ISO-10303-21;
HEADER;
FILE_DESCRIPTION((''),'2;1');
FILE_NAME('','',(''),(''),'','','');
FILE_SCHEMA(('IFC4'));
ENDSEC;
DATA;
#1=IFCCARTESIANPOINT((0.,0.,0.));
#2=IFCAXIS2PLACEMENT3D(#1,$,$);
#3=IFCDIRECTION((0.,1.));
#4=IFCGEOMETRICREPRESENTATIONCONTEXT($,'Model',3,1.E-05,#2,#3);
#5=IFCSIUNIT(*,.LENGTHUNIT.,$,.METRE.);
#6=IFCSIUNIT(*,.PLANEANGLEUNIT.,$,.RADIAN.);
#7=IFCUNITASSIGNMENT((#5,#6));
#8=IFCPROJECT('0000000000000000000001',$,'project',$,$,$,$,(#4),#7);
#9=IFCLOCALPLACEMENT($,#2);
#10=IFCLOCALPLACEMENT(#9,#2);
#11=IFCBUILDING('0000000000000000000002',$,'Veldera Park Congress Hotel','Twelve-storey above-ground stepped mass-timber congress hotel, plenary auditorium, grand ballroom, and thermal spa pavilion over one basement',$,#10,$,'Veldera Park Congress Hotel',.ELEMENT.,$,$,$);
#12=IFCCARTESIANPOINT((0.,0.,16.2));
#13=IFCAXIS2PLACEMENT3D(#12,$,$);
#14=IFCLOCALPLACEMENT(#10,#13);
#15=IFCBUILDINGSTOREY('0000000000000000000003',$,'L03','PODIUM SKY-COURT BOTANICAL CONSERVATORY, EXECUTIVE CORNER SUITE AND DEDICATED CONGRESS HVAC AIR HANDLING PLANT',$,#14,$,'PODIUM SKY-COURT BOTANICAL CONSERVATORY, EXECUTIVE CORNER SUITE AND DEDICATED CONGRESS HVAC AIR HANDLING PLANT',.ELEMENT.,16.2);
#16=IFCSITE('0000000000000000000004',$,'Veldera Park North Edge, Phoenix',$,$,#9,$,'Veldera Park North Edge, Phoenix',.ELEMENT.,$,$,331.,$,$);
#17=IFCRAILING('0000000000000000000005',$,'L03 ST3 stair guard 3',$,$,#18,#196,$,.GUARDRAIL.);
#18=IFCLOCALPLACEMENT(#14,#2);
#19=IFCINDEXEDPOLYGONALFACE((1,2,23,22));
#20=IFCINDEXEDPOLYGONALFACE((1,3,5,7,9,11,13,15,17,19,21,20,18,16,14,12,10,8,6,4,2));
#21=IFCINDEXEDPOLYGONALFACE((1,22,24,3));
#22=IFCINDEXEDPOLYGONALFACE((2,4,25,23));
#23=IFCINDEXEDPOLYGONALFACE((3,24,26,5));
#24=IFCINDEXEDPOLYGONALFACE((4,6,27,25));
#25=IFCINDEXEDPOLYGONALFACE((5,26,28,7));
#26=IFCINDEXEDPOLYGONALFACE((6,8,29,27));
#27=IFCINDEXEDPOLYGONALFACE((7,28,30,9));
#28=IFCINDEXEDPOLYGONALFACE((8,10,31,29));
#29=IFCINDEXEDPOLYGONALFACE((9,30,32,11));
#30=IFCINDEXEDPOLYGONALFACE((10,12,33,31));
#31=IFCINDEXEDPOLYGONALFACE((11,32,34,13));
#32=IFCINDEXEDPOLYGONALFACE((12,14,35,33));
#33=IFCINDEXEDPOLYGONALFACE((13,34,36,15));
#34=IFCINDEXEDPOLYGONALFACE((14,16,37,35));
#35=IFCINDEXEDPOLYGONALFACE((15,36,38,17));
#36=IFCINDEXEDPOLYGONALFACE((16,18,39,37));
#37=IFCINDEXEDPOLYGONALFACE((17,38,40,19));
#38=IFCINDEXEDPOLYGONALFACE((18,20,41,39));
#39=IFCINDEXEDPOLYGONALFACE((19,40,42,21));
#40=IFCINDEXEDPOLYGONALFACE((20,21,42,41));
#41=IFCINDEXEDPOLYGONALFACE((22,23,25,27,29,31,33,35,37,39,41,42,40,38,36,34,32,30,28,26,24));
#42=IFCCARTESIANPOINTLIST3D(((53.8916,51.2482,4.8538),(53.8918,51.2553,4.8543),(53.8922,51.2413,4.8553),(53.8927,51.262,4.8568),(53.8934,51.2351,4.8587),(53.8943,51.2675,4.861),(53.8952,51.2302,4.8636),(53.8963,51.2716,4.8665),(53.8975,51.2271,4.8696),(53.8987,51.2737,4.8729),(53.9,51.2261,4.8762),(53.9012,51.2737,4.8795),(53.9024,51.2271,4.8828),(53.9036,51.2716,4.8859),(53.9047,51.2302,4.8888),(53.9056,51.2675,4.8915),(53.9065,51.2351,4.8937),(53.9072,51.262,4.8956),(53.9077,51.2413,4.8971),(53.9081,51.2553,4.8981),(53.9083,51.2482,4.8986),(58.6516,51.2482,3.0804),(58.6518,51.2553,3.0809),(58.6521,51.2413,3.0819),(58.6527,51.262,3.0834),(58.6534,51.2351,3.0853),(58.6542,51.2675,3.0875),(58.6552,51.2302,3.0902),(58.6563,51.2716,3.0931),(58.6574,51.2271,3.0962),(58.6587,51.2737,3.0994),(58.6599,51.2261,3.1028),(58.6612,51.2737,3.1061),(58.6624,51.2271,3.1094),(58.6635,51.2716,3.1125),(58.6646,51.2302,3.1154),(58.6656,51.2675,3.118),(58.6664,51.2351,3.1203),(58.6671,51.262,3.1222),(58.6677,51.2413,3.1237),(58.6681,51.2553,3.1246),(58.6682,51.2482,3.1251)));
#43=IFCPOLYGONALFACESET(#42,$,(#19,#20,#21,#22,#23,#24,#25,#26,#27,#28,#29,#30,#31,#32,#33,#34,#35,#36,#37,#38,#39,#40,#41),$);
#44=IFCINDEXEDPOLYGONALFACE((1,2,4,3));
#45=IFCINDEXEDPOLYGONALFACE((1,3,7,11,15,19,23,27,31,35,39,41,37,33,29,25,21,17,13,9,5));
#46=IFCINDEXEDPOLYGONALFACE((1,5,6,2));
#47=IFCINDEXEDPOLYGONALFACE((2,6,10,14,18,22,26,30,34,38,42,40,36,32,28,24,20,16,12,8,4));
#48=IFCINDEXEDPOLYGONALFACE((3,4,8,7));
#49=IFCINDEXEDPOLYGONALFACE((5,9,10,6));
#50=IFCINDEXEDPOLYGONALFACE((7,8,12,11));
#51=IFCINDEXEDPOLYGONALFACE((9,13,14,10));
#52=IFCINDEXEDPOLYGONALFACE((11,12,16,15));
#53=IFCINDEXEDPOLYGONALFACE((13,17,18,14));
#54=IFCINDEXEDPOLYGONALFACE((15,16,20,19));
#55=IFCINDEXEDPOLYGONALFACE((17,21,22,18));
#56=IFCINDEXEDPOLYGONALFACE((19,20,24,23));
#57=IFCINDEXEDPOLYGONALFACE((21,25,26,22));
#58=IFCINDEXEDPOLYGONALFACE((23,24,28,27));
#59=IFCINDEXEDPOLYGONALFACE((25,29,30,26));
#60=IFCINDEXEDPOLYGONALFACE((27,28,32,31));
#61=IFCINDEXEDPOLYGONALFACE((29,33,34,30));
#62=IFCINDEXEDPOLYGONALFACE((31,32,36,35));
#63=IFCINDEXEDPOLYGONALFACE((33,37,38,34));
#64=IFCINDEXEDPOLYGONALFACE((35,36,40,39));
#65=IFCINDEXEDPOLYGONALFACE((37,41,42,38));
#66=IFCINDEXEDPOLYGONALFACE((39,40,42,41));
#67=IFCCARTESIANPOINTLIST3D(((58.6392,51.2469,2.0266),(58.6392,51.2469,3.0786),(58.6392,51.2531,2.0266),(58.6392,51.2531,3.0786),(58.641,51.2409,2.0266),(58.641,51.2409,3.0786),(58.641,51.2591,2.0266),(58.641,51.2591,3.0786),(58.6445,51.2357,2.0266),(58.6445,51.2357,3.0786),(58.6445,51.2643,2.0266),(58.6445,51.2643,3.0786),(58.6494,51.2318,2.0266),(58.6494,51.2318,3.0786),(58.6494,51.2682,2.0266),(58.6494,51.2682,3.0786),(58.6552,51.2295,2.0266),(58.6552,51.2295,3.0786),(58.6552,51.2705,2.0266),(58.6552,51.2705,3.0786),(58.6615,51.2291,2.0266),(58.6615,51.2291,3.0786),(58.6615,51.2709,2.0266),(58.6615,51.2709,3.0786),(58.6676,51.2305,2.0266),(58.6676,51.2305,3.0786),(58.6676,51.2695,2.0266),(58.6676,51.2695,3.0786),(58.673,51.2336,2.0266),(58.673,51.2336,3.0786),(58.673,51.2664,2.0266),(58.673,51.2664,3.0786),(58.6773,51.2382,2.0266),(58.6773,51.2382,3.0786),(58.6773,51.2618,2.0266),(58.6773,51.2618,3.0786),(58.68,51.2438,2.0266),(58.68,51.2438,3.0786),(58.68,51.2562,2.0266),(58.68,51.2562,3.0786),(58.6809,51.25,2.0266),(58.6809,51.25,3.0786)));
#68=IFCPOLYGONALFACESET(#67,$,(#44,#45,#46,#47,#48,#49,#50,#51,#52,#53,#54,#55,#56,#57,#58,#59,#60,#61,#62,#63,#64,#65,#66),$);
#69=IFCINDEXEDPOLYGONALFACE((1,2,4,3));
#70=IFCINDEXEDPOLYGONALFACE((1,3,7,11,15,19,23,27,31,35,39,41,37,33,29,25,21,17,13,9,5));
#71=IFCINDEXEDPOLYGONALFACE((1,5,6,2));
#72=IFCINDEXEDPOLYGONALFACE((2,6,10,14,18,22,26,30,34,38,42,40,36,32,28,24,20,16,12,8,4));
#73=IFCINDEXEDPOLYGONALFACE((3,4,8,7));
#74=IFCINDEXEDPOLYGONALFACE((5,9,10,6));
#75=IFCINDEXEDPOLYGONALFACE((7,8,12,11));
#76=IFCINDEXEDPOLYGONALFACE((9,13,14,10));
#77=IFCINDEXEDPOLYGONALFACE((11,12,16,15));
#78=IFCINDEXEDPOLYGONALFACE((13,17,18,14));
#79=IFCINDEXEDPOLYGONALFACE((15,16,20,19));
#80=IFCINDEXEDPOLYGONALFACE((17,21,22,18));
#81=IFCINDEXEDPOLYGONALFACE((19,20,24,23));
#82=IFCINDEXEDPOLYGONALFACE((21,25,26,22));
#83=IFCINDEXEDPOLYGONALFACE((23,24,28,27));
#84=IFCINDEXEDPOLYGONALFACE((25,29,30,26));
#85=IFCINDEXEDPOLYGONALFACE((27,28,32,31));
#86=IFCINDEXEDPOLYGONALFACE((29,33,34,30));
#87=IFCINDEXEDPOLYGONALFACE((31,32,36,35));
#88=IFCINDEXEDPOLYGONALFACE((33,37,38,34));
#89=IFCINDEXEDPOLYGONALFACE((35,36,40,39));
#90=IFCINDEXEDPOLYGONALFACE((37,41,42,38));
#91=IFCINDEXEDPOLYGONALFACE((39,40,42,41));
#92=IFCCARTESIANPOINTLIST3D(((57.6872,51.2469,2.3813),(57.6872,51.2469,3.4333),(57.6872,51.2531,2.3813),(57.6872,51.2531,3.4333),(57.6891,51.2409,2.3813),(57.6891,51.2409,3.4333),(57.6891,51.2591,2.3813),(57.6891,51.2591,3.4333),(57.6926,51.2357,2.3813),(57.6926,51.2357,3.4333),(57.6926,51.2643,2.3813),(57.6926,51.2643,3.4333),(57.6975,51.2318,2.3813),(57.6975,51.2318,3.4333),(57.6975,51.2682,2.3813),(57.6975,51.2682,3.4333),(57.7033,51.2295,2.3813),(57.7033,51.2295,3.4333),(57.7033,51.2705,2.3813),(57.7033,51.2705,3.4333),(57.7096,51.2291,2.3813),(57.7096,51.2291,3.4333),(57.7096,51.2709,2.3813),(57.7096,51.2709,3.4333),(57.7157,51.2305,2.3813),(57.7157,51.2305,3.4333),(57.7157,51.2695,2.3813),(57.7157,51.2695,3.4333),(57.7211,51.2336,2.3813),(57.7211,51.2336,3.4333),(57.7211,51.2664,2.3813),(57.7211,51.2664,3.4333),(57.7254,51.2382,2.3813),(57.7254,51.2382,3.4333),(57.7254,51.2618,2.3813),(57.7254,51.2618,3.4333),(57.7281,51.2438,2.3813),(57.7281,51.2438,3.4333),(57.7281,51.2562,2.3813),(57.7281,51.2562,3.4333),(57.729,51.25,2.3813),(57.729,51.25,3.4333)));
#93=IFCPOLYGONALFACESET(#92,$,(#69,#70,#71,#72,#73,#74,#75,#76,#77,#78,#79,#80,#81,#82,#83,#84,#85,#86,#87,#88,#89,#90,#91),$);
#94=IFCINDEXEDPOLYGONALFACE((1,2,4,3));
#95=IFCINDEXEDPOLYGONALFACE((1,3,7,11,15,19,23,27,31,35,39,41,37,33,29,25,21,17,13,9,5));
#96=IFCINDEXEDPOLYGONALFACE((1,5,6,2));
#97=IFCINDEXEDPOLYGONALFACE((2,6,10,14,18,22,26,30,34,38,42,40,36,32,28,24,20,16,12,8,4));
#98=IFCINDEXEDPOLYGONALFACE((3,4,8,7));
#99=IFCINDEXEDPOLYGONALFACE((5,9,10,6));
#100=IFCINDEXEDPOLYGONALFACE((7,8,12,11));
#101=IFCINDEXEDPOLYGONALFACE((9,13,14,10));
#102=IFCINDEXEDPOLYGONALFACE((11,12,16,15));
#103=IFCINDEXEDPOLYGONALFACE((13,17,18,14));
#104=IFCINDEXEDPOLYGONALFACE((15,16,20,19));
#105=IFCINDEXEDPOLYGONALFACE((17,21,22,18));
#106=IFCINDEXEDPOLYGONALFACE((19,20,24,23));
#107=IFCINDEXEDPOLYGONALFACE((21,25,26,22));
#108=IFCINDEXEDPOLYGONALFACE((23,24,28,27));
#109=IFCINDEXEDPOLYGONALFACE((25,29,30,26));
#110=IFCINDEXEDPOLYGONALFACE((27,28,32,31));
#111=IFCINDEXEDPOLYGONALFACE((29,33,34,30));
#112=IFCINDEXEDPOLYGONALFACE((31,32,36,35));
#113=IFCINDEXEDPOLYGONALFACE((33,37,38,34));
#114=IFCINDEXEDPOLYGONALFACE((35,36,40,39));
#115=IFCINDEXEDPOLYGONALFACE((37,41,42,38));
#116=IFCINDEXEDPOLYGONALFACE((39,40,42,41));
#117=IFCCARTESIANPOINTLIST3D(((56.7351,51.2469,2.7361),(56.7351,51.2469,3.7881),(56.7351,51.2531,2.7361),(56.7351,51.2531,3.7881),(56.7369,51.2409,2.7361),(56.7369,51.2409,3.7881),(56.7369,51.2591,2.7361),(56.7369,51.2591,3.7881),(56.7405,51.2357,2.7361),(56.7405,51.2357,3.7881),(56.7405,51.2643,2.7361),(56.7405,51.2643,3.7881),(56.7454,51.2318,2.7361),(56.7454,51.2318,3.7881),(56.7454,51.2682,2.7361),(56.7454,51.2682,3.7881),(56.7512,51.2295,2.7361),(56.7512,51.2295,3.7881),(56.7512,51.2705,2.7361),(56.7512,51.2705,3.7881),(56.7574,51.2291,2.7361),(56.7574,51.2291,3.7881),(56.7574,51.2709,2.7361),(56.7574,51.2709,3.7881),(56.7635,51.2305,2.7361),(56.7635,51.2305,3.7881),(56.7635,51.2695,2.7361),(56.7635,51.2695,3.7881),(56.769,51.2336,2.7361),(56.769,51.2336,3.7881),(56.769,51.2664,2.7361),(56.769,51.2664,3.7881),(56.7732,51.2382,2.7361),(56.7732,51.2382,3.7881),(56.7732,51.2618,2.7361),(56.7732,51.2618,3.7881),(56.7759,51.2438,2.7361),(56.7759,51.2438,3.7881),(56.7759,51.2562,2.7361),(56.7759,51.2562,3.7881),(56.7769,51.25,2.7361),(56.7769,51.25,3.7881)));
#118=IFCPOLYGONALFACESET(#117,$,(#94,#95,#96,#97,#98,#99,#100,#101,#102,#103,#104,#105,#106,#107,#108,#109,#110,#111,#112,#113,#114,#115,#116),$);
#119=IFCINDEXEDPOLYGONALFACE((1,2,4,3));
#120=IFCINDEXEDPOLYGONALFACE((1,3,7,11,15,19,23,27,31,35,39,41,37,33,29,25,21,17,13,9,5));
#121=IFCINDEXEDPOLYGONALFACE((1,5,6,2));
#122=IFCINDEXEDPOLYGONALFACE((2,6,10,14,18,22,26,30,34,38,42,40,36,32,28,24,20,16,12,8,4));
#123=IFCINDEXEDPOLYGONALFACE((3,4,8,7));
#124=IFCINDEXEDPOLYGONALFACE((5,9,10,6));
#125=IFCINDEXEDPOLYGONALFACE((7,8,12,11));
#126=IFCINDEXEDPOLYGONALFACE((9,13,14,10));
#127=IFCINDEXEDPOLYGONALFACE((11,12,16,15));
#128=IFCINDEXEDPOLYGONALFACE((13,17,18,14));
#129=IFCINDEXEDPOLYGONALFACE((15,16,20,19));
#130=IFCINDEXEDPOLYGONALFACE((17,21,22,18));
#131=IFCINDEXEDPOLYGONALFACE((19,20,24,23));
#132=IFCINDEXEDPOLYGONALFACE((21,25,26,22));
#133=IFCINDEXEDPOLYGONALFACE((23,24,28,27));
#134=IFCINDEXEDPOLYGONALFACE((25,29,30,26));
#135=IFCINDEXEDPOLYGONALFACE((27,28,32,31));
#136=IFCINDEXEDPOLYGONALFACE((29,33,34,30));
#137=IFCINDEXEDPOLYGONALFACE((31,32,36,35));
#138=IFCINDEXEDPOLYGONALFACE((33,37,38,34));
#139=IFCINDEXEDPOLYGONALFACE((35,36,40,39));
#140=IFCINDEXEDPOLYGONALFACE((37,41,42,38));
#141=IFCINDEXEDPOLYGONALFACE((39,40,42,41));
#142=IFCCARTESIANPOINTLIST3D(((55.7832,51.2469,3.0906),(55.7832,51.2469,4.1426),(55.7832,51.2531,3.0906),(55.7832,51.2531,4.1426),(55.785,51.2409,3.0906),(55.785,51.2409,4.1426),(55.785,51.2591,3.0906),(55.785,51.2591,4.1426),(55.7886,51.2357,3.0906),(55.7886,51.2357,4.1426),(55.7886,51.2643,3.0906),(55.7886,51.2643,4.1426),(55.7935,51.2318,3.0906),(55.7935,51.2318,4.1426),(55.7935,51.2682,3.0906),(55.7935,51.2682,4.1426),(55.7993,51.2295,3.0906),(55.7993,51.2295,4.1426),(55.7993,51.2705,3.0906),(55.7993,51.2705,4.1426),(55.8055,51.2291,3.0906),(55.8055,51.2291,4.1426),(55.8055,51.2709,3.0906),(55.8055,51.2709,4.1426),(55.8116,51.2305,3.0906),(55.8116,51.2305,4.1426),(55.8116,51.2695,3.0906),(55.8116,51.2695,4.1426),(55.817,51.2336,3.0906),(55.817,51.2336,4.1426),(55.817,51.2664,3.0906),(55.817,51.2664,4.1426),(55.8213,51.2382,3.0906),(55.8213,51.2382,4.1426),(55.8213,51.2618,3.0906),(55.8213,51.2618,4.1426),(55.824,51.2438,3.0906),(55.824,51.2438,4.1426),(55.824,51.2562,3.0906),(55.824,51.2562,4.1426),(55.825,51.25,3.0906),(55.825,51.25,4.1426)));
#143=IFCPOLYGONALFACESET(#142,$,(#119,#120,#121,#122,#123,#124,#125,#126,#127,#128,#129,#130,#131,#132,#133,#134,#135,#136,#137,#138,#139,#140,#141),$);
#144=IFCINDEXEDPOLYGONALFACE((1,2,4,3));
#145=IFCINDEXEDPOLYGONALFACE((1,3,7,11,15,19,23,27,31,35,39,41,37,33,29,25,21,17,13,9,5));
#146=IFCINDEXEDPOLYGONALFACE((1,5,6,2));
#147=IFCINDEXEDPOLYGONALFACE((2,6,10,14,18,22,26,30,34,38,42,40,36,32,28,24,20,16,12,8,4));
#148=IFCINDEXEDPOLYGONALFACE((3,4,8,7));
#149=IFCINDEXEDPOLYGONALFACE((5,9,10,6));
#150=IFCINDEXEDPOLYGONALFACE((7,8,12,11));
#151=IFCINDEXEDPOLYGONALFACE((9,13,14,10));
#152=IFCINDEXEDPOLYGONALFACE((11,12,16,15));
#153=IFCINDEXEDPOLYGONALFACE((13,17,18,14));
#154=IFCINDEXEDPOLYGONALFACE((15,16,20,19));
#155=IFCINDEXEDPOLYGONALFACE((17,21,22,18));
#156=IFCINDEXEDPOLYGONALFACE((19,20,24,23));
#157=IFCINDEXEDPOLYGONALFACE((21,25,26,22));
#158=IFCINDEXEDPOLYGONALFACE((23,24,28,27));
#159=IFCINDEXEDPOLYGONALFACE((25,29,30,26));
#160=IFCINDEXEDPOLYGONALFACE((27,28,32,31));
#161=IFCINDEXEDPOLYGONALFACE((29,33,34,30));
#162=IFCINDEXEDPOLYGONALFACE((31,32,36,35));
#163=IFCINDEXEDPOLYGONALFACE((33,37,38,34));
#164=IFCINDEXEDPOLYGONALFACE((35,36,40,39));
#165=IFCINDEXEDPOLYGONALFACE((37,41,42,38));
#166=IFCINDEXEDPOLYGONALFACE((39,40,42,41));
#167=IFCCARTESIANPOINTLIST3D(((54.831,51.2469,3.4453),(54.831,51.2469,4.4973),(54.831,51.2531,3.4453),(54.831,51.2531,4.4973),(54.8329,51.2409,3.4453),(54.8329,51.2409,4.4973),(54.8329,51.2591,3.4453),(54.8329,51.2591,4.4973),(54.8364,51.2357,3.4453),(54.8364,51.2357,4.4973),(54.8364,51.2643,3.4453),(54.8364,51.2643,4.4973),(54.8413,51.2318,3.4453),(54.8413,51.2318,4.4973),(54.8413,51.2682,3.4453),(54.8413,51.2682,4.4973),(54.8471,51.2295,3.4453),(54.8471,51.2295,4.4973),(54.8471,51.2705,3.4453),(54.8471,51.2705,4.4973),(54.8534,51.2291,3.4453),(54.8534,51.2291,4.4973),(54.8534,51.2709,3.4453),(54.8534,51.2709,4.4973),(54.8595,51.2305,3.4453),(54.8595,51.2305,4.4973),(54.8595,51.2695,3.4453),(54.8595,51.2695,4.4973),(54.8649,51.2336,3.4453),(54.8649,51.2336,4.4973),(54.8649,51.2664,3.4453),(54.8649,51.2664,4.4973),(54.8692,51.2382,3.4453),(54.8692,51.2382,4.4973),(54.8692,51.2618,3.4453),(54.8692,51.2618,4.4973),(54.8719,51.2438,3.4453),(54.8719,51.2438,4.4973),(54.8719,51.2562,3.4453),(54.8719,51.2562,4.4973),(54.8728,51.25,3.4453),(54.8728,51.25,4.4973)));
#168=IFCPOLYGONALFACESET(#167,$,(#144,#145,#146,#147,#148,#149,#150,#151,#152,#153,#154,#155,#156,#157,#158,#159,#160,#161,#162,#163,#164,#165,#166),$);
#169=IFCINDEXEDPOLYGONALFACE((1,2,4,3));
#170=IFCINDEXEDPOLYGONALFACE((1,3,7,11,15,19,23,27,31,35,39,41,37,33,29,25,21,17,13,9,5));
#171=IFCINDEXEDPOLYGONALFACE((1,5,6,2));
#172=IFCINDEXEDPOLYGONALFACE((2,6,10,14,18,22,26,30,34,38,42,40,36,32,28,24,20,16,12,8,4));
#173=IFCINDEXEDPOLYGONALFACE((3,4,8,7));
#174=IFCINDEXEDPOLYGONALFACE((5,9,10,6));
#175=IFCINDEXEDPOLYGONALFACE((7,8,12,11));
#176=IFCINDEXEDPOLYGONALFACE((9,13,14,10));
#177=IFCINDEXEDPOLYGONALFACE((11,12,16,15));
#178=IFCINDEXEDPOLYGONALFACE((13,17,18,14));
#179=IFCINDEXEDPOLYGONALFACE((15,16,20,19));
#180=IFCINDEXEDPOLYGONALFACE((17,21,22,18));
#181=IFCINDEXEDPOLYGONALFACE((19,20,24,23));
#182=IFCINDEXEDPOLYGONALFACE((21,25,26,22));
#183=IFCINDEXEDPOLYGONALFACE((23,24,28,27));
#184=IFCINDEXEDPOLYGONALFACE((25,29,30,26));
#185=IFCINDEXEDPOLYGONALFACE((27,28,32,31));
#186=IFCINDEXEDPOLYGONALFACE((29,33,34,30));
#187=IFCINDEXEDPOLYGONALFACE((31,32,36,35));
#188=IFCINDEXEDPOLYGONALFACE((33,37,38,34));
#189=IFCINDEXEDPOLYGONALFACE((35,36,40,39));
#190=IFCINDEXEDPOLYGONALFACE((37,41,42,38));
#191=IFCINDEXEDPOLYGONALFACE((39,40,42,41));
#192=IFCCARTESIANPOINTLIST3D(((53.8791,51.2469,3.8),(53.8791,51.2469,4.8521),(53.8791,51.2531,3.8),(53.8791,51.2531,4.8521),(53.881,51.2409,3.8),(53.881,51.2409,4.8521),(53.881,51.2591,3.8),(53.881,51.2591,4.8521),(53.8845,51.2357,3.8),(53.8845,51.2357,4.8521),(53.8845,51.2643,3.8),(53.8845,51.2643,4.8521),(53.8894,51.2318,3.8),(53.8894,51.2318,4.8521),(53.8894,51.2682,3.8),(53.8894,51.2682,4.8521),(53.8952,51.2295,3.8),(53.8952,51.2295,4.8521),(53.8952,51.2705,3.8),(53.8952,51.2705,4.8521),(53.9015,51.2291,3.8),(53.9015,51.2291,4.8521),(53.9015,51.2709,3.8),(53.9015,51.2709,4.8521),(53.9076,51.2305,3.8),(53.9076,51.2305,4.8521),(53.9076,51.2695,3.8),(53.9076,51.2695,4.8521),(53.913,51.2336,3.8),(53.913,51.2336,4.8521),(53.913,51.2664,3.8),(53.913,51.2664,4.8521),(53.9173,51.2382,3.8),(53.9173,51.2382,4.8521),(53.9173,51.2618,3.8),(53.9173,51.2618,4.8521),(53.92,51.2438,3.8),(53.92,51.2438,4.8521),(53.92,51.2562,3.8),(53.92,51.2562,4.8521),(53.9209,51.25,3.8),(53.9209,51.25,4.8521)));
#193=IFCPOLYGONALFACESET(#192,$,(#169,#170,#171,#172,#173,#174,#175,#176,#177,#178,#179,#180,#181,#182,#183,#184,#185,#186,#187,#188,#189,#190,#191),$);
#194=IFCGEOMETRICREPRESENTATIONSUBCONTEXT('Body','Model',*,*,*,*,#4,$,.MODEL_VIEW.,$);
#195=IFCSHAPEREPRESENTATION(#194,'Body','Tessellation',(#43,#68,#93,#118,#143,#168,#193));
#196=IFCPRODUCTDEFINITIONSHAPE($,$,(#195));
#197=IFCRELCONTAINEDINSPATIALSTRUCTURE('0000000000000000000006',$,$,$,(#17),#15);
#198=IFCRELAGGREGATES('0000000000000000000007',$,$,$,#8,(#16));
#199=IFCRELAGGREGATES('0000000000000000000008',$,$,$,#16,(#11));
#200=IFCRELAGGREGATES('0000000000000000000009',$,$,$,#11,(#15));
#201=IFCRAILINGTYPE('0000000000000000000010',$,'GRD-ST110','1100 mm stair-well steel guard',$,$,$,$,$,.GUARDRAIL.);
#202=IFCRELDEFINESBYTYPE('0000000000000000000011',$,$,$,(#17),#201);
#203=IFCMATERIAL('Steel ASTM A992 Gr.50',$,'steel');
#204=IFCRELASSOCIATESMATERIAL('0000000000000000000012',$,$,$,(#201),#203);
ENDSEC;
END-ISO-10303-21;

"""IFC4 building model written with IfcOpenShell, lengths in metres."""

from ifc_helpers import new_model, si_unit, direction, frame, origin, origin_2d, place, context, subcontext, project, spatial, circle, extrude, material, type_object, element, save


model = new_model("IFC4")

# Units and contexts
model_context = context("Model", 3, precision=1e-05, world=origin(), true_north=direction((0.0, 1.0)))
body_context = subcontext(model_context, "Body", "Model", "MODEL_VIEW")
ifc_project = project(units=[si_unit("LENGTHUNIT", "METRE"), si_unit("PLANEANGLEUNIT", "RADIAN")], contexts=[model_context])

# Site, building, storey
site_placement = place(None, origin())
site = spatial("IfcSite", under=ifc_project, at=site_placement, Name="Veldera Park North Edge, Phoenix", LongName="Veldera Park North Edge, Phoenix", CompositionType="ELEMENT", RefElevation=331.0)
building_placement = place(site_placement, origin())
building = spatial("IfcBuilding", under=site, at=building_placement, Name="Veldera Park Congress Hotel", Description="Twelve-storey above-ground stepped mass-timber congress hotel, plenary auditorium, grand ballroom, and thermal spa pavilion over one basement", LongName="Veldera Park Congress Hotel", CompositionType="ELEMENT")
storey_placement = place(building_placement, frame((0.0, 0.0, 16.2)))
storey = spatial("IfcBuildingStorey", under=building, at=storey_placement, Name="L03", Description="PODIUM SKY-COURT BOTANICAL CONSERVATORY, EXECUTIVE CORNER SUITE AND DEDICATED CONGRESS HVAC AIR HANDLING PLANT", LongName="PODIUM SKY-COURT BOTANICAL CONSERVATORY, EXECUTIVE CORNER SUITE AND DEDICATED CONGRESS HVAC AIR HANDLING PLANT", CompositionType="ELEMENT", Elevation=16.2)

# Railing
ifc_material_1 = material(Name="Steel ASTM A992 Gr.50", Category="steel")
railing_type_1 = type_object("IfcRailingType", Name="GRD-ST110", Description="1100 mm stair-well steel guard", PredefinedType="GUARDRAIL", material=ifc_material_1)
railing_1_placement = place(storey_placement, frame((58.6599, 51.25, 2.0266)))
element("IfcRailing", 1, at=railing_1_placement, inside=storey, type_object=railing_type_1, Name="L03 ST3 stair guard 3", PredefinedType="GUARDRAIL", context=body_context, shape_type="SweptSolid", body=[
    extrude(circle(Radius=0.0239, at=origin_2d()), frame((0.0, 0.0, 1.0762), z_axis=(-0.937076, 0.0, 0.349126), x_axis=(0.0, -1.0, 0.0)), (0.0, 0.0, 1.0), 5.0796),
    extrude(circle(Radius=0.021, at=origin_2d()), origin(), (0.0, 0.0, 1.0), 1.052),
    extrude(circle(Radius=0.021, at=origin_2d()), frame((-0.9519, 0.0, 0.3547)), (0.0, 0.0, 1.0), 1.052),
    extrude(circle(Radius=0.021, at=origin_2d()), frame((-1.9041, 0.0, 0.7095)), (0.0, 0.0, 1.0), 1.052),
    extrude(circle(Radius=0.021, at=origin_2d()), frame((-2.856, 0.0, 1.064)), (0.0, 0.0, 1.0), 1.052),
    extrude(circle(Radius=0.021, at=origin_2d()), frame((-3.8081, 0.0, 1.4187)), (0.0, 0.0, 1.0), 1.052),
    extrude(circle(Radius=0.021, at=origin_2d()), frame((-4.76, 0.0, 1.7734)), (0.0, 0.0, 1.0), 1.052),
])

save(model, "model.ifc")
